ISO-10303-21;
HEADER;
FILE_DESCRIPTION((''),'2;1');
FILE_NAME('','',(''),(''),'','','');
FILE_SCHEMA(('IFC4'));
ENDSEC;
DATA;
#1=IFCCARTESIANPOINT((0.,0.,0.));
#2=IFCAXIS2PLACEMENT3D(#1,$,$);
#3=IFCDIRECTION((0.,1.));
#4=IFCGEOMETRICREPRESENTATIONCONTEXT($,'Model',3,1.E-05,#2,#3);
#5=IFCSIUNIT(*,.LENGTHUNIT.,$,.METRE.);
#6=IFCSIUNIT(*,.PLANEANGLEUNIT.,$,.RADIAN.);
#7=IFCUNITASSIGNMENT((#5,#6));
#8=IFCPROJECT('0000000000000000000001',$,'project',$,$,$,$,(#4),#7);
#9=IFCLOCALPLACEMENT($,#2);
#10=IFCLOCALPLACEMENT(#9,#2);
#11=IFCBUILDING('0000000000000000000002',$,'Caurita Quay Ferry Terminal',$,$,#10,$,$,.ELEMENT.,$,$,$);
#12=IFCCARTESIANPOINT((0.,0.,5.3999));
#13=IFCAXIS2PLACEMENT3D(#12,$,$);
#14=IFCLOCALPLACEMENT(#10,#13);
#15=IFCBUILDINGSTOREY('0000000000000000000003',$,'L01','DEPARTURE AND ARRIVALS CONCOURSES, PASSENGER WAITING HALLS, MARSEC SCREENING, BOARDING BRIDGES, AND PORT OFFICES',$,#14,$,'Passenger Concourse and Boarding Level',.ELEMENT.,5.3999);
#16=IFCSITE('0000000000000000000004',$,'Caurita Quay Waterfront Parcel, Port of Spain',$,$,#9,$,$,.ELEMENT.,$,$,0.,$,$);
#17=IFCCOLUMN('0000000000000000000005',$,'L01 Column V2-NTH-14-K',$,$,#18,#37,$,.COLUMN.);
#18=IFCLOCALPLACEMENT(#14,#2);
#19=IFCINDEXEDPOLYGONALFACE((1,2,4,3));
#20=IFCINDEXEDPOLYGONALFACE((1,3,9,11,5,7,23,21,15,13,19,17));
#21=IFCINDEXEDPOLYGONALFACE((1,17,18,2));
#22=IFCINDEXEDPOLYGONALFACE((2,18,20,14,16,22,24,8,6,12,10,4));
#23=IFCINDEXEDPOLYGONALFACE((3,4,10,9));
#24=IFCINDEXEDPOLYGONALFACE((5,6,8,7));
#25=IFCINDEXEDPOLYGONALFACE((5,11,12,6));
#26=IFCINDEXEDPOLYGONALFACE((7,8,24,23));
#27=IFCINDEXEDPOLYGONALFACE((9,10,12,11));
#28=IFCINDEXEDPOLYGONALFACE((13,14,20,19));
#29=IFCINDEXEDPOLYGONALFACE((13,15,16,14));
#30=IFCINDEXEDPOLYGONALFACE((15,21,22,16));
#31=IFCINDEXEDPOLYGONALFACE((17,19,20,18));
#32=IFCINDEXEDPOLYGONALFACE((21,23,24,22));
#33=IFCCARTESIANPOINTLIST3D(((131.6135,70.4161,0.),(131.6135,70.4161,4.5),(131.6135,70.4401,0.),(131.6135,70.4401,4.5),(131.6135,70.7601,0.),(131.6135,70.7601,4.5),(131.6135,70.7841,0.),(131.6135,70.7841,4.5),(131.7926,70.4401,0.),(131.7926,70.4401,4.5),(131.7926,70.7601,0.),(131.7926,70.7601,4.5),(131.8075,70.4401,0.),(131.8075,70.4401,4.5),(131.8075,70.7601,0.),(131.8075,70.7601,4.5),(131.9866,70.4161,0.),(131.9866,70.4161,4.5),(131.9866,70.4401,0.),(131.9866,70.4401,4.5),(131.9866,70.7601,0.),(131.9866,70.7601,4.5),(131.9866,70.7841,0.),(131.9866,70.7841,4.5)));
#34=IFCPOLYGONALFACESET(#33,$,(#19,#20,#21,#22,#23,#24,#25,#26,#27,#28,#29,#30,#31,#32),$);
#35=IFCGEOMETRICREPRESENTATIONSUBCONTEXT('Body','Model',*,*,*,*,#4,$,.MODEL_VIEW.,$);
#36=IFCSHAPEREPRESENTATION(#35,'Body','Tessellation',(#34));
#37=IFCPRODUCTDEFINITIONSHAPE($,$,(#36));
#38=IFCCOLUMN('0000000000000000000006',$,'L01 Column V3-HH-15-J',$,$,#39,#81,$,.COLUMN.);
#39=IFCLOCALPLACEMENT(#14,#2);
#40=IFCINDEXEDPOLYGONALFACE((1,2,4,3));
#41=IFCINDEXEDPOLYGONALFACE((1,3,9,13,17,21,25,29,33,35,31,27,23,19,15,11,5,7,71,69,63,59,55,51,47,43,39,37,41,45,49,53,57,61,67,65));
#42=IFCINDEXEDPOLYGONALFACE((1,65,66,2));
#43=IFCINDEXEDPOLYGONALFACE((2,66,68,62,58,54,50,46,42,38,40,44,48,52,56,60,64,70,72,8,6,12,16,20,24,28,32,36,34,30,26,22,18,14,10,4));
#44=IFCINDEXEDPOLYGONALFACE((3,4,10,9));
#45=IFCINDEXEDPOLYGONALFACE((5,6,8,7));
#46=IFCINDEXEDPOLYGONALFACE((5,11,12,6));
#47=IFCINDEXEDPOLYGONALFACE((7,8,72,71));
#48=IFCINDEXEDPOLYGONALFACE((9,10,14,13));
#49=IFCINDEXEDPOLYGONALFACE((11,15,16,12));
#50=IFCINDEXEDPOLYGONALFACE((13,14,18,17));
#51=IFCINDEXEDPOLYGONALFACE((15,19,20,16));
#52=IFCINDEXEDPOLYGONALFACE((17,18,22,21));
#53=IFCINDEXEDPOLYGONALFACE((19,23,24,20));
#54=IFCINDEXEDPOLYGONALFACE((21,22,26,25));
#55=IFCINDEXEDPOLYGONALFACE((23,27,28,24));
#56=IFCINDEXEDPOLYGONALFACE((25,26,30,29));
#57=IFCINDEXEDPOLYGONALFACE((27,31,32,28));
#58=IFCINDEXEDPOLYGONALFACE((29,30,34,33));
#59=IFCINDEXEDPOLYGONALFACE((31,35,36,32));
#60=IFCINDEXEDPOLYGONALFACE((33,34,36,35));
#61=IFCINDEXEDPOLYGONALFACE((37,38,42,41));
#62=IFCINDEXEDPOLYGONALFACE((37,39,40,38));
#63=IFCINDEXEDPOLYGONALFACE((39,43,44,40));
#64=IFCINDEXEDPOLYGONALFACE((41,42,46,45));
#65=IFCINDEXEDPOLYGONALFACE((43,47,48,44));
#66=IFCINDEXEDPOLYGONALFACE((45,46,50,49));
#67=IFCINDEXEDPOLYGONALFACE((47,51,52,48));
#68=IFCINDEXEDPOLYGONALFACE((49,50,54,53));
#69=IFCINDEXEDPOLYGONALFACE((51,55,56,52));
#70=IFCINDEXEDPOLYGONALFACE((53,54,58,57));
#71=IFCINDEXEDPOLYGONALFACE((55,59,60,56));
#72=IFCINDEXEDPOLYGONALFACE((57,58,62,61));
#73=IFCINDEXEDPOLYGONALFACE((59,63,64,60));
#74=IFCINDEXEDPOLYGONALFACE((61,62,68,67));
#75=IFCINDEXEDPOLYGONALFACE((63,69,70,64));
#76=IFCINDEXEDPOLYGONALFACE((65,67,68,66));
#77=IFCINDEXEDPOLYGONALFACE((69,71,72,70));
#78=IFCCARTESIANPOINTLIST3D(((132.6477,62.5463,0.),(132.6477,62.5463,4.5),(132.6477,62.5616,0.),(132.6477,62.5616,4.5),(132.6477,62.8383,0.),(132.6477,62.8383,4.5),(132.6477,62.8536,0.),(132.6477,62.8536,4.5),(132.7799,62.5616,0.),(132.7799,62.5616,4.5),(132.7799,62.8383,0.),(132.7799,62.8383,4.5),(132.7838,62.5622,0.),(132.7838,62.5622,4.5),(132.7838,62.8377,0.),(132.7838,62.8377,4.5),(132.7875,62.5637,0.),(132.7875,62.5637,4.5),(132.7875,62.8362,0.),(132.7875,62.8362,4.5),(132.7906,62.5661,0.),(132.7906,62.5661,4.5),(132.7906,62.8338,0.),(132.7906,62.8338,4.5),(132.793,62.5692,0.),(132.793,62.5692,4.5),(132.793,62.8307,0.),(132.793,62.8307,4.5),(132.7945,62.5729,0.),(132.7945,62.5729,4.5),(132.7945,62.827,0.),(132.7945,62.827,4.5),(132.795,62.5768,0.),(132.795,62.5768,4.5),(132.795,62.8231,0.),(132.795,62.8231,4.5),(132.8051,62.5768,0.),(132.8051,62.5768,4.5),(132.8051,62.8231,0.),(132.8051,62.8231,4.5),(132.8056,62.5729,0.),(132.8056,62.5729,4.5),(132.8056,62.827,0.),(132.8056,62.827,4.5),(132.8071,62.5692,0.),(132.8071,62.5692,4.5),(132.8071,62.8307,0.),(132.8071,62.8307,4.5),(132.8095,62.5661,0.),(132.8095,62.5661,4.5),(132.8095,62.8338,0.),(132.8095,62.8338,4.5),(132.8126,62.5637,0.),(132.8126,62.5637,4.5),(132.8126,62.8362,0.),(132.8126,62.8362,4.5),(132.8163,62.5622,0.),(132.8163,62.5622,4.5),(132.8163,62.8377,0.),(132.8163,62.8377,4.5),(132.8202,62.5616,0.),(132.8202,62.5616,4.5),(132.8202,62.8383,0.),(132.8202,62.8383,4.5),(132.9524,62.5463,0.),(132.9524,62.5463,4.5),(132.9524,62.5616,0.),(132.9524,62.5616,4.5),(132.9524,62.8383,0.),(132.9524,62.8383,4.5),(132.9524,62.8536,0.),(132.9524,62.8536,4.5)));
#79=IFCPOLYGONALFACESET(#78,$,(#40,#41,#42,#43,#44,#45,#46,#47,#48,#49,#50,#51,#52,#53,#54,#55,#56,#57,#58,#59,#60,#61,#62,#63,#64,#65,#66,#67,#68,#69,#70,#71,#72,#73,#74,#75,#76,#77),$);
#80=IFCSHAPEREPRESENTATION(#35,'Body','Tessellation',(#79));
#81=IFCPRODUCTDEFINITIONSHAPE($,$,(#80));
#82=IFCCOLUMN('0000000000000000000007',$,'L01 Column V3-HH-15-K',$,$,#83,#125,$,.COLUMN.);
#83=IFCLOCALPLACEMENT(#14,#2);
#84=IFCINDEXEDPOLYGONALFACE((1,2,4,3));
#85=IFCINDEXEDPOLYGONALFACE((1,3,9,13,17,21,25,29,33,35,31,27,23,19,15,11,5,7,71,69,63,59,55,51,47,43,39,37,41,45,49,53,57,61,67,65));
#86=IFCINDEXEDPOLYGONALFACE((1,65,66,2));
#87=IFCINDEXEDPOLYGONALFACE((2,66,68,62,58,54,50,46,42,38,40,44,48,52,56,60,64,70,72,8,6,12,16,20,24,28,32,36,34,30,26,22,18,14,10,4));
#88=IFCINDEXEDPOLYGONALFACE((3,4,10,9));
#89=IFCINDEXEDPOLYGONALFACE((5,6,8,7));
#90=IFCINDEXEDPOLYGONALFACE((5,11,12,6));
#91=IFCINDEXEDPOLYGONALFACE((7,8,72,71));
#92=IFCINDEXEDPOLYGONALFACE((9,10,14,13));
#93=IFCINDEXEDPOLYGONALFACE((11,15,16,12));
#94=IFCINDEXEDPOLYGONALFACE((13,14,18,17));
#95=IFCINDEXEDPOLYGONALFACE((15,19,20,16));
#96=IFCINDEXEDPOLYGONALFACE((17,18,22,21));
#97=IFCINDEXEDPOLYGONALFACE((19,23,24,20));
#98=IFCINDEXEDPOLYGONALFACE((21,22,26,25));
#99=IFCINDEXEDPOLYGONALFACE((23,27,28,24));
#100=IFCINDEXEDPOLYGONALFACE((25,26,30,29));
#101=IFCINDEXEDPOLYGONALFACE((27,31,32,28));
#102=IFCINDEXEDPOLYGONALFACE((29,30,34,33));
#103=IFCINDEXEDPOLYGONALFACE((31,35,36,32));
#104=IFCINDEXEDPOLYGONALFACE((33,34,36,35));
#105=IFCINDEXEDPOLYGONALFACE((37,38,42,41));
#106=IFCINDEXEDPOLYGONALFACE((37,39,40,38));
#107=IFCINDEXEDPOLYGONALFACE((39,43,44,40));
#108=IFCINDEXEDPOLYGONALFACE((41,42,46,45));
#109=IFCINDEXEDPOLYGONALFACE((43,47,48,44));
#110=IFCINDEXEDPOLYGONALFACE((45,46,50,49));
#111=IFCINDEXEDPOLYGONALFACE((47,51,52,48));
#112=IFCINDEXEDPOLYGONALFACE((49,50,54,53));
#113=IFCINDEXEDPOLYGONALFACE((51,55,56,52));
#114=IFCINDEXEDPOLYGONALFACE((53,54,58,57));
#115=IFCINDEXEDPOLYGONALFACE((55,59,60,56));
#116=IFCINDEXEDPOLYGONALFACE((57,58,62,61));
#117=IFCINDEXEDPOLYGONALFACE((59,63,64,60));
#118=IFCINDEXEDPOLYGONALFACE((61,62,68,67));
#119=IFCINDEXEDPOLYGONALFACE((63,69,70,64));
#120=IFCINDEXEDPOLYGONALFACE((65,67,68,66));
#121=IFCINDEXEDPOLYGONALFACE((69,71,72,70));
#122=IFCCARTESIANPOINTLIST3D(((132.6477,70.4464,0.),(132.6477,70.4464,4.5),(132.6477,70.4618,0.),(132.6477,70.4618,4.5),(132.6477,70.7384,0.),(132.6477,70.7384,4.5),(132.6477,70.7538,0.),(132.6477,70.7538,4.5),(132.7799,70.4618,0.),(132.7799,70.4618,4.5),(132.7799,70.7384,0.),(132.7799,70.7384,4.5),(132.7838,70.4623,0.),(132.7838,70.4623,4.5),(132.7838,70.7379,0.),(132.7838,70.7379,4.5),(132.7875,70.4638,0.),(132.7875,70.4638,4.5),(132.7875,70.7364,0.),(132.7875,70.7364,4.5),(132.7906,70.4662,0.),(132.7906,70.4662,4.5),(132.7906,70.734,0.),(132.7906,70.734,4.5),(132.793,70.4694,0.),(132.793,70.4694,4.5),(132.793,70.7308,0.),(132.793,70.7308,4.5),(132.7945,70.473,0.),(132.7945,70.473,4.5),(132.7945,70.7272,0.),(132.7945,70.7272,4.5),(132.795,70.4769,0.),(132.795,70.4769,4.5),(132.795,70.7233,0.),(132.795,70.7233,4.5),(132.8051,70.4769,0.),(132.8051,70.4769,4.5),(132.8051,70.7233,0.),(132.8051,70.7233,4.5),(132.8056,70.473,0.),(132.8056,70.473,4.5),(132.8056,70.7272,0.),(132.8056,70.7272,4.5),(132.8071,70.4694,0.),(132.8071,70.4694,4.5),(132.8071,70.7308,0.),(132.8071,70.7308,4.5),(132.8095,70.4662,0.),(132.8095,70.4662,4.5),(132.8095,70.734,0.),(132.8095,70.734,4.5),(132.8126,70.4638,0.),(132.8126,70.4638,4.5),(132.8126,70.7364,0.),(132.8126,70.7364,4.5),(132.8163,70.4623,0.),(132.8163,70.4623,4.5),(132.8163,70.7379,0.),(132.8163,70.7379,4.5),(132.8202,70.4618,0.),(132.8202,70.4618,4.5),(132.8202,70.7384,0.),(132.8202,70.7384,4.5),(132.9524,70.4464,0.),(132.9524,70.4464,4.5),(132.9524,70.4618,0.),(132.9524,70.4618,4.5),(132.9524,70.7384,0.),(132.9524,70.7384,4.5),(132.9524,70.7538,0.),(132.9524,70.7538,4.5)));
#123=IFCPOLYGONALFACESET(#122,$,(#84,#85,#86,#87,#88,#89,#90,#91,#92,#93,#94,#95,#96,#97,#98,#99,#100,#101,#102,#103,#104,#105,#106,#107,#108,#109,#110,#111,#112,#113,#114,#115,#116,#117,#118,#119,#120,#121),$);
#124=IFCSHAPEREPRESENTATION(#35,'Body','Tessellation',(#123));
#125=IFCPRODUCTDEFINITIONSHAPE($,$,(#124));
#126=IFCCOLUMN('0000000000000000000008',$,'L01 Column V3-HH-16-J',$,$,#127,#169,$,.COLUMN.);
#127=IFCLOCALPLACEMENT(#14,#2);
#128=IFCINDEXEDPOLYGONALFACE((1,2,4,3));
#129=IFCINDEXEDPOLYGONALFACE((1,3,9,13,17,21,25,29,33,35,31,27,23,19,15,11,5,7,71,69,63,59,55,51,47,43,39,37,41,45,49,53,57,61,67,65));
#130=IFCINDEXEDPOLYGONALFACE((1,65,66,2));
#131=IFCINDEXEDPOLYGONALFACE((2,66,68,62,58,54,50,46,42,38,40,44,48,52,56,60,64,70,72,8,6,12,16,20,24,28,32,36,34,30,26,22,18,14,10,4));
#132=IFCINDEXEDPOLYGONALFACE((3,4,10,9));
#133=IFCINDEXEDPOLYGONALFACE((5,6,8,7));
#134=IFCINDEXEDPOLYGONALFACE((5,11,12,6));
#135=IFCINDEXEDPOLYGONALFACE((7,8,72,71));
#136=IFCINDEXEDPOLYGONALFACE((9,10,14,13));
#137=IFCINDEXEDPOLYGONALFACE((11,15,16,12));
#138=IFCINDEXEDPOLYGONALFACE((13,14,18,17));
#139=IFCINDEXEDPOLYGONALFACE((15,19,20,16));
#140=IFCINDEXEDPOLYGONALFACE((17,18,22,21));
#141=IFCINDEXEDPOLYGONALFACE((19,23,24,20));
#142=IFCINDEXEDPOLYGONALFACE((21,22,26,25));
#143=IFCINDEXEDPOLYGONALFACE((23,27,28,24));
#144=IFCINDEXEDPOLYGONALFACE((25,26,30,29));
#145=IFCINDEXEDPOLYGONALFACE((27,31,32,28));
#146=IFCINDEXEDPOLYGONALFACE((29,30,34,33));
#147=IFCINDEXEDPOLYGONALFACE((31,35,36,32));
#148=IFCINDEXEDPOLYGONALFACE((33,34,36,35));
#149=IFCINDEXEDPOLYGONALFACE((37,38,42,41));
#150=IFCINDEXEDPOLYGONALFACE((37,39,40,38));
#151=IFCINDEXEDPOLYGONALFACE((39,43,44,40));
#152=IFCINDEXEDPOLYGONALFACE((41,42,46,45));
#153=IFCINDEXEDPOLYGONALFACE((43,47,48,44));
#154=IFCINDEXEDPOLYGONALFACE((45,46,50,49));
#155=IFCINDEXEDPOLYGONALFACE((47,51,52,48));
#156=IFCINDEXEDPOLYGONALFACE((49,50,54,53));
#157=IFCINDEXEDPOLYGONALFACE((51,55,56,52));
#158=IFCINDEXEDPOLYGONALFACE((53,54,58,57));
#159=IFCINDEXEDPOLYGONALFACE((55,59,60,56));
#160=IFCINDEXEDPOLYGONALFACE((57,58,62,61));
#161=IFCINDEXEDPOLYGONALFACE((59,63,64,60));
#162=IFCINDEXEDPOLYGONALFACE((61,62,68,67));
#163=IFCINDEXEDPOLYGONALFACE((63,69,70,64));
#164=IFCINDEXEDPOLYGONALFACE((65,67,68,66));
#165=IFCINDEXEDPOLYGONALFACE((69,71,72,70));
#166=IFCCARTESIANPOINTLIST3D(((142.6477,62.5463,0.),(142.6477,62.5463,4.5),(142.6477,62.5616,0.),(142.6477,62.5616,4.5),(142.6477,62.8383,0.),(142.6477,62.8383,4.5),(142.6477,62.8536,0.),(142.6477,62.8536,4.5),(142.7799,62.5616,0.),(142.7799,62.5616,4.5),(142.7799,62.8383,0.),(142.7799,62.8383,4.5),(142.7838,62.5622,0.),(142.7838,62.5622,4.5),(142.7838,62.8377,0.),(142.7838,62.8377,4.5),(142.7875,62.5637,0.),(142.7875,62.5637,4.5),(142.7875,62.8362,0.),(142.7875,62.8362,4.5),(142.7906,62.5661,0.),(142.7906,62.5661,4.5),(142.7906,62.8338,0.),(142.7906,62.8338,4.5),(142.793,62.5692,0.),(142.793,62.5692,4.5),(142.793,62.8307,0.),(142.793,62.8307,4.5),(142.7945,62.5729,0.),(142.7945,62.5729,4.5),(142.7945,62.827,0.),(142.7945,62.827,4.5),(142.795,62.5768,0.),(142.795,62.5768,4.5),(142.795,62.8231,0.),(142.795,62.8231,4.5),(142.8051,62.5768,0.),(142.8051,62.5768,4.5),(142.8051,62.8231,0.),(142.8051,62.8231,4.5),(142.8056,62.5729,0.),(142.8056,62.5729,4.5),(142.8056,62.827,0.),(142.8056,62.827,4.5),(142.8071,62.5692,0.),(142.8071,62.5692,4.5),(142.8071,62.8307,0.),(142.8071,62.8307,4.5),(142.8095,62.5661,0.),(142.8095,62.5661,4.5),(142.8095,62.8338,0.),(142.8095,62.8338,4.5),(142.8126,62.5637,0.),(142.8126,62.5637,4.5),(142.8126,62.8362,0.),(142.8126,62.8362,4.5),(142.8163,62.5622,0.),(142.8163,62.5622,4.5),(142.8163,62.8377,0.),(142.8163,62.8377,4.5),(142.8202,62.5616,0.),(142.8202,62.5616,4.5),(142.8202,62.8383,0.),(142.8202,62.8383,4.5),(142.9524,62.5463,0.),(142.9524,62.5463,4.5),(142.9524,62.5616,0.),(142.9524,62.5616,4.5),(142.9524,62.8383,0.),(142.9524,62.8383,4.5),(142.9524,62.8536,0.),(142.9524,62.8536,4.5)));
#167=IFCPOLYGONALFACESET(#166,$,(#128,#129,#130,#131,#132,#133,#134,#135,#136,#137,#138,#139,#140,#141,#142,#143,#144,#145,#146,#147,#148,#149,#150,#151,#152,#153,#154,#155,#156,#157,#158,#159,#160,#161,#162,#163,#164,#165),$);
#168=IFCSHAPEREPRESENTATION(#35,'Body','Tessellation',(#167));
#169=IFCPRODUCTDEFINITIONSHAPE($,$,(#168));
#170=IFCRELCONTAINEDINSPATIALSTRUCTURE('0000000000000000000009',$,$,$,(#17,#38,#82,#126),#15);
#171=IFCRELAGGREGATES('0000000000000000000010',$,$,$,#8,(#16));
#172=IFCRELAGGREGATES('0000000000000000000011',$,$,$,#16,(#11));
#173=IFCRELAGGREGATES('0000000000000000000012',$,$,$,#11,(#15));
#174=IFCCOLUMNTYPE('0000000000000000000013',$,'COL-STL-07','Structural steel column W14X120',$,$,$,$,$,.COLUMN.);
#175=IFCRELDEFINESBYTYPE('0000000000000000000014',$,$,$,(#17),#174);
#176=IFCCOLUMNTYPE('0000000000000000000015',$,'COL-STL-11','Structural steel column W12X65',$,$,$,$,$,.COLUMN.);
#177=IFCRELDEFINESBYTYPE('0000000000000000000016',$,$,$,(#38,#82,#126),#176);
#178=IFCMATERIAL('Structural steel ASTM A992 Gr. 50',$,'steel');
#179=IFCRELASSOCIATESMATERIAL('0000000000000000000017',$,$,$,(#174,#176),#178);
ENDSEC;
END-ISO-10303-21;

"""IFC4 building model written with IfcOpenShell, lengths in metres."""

from ifc_helpers import new_model, si_unit, direction, frame, origin, origin_2d, place, context, subcontext, project, spatial, i_section, extrude, material, material_profile, profile_set, type_object, element, save


model = new_model("IFC4")

# Units and contexts
model_context = context("Model", 3, precision=1e-05, world=origin(), true_north=direction((0.0, 1.0)))
body_context = subcontext(model_context, "Body", "Model", "MODEL_VIEW")
ifc_project = project(units=[si_unit("LENGTHUNIT", "METRE"), si_unit("PLANEANGLEUNIT", "RADIAN")], contexts=[model_context])

# Site, building, storey
site_placement = place(None, origin())
site = spatial("IfcSite", under=ifc_project, at=site_placement, Name="Caurita Quay Waterfront Parcel, Port of Spain", CompositionType="ELEMENT", RefElevation=0.0)
building_placement = place(site_placement, origin())
building = spatial("IfcBuilding", under=site, at=building_placement, Name="Caurita Quay Ferry Terminal", CompositionType="ELEMENT")
storey_placement = place(building_placement, frame((0.0, 0.0, 5.3999)))
storey = spatial("IfcBuildingStorey", under=building, at=storey_placement, Name="L01", Description="DEPARTURE AND ARRIVALS CONCOURSES, PASSENGER WAITING HALLS, MARSEC SCREENING, BOARDING BRIDGES, AND PORT OFFICES", LongName="Passenger Concourse and Boarding Level", CompositionType="ELEMENT", Elevation=5.3999)

# Columns
ifc_material_1 = material(Name="Structural steel ASTM A992 Gr. 50", Category="steel")
ifc_material_profile_1 = material_profile(ifc_material_1, i_section(OverallWidth=0.373, OverallDepth=0.3679, WebThickness=0.0149, FlangeThickness=0.0239, at=origin_2d()), Name="W14X120")
ifc_profile_set_1 = profile_set([ifc_material_profile_1], Name="Structural steel ASTM A992 Gr. 50")
column_type_1 = type_object("IfcColumnType", Name="COL-STL-07", Description="Structural steel column W14X120", PredefinedType="COLUMN", material=ifc_profile_set_1)
column_placement = place(storey_placement, frame((131.8, 70.6001, 0.0), z_axis=(0.0, 0.0, 1.0), x_axis=(1.0, 0.0, 0.0)))
element("IfcColumn", 1, at=column_placement, inside=storey, type_object=column_type_1, Name="L01 Column V2-NTH-14-K", PredefinedType="COLUMN", context=body_context, shape_type="SweptSolid", body=[
    extrude(i_section(OverallWidth=0.373, OverallDepth=0.3679, WebThickness=0.0149, FlangeThickness=0.0239, at=origin_2d()), origin(), (0.0, 0.0, 1.0), 4.5),
])
ifc_material_profile_2 = material_profile(ifc_material_1, i_section(OverallWidth=0.3047, OverallDepth=0.3074, WebThickness=0.01, FlangeThickness=0.0154, FilletRadius=0.0151, at=origin_2d()), Name="W12X65")
ifc_profile_set_2 = profile_set([ifc_material_profile_2], Name="Structural steel ASTM A992 Gr. 50")
column_type_2 = type_object("IfcColumnType", Name="COL-STL-11", Description="Structural steel column W12X65", PredefinedType="COLUMN", material=ifc_profile_set_2)
for number, where, z_axis, x_axis, name in (
    (2, (132.8, 62.7, 0.0), (0.0, 0.0, 1.0), (1.0, 0.0, 0.0), "L01 Column V3-HH-15-J"),
    (3, (132.8, 70.6001, 0.0), (0.0, 0.0, 1.0), (1.0, 0.0, 0.0), "L01 Column V3-HH-15-K"),
    (4, (142.8, 62.7, 0.0), (0.0, 0.0, 1.0), (1.0, 0.0, 0.0), "L01 Column V3-HH-16-J"),
):
    element("IfcColumn", number, at=place(storey_placement, frame(where, z_axis=z_axis, x_axis=x_axis)), inside=storey, type_object=column_type_2, Name=name, PredefinedType="COLUMN", context=body_context, shape_type="SweptSolid", body=[
        extrude(i_section(OverallWidth=0.3047, OverallDepth=0.3074, WebThickness=0.01, FlangeThickness=0.0154, FilletRadius=0.0151, at=origin_2d()), origin(), (0.0, 0.0, 1.0), 4.5),
    ])

save(model, "model.ifc")
